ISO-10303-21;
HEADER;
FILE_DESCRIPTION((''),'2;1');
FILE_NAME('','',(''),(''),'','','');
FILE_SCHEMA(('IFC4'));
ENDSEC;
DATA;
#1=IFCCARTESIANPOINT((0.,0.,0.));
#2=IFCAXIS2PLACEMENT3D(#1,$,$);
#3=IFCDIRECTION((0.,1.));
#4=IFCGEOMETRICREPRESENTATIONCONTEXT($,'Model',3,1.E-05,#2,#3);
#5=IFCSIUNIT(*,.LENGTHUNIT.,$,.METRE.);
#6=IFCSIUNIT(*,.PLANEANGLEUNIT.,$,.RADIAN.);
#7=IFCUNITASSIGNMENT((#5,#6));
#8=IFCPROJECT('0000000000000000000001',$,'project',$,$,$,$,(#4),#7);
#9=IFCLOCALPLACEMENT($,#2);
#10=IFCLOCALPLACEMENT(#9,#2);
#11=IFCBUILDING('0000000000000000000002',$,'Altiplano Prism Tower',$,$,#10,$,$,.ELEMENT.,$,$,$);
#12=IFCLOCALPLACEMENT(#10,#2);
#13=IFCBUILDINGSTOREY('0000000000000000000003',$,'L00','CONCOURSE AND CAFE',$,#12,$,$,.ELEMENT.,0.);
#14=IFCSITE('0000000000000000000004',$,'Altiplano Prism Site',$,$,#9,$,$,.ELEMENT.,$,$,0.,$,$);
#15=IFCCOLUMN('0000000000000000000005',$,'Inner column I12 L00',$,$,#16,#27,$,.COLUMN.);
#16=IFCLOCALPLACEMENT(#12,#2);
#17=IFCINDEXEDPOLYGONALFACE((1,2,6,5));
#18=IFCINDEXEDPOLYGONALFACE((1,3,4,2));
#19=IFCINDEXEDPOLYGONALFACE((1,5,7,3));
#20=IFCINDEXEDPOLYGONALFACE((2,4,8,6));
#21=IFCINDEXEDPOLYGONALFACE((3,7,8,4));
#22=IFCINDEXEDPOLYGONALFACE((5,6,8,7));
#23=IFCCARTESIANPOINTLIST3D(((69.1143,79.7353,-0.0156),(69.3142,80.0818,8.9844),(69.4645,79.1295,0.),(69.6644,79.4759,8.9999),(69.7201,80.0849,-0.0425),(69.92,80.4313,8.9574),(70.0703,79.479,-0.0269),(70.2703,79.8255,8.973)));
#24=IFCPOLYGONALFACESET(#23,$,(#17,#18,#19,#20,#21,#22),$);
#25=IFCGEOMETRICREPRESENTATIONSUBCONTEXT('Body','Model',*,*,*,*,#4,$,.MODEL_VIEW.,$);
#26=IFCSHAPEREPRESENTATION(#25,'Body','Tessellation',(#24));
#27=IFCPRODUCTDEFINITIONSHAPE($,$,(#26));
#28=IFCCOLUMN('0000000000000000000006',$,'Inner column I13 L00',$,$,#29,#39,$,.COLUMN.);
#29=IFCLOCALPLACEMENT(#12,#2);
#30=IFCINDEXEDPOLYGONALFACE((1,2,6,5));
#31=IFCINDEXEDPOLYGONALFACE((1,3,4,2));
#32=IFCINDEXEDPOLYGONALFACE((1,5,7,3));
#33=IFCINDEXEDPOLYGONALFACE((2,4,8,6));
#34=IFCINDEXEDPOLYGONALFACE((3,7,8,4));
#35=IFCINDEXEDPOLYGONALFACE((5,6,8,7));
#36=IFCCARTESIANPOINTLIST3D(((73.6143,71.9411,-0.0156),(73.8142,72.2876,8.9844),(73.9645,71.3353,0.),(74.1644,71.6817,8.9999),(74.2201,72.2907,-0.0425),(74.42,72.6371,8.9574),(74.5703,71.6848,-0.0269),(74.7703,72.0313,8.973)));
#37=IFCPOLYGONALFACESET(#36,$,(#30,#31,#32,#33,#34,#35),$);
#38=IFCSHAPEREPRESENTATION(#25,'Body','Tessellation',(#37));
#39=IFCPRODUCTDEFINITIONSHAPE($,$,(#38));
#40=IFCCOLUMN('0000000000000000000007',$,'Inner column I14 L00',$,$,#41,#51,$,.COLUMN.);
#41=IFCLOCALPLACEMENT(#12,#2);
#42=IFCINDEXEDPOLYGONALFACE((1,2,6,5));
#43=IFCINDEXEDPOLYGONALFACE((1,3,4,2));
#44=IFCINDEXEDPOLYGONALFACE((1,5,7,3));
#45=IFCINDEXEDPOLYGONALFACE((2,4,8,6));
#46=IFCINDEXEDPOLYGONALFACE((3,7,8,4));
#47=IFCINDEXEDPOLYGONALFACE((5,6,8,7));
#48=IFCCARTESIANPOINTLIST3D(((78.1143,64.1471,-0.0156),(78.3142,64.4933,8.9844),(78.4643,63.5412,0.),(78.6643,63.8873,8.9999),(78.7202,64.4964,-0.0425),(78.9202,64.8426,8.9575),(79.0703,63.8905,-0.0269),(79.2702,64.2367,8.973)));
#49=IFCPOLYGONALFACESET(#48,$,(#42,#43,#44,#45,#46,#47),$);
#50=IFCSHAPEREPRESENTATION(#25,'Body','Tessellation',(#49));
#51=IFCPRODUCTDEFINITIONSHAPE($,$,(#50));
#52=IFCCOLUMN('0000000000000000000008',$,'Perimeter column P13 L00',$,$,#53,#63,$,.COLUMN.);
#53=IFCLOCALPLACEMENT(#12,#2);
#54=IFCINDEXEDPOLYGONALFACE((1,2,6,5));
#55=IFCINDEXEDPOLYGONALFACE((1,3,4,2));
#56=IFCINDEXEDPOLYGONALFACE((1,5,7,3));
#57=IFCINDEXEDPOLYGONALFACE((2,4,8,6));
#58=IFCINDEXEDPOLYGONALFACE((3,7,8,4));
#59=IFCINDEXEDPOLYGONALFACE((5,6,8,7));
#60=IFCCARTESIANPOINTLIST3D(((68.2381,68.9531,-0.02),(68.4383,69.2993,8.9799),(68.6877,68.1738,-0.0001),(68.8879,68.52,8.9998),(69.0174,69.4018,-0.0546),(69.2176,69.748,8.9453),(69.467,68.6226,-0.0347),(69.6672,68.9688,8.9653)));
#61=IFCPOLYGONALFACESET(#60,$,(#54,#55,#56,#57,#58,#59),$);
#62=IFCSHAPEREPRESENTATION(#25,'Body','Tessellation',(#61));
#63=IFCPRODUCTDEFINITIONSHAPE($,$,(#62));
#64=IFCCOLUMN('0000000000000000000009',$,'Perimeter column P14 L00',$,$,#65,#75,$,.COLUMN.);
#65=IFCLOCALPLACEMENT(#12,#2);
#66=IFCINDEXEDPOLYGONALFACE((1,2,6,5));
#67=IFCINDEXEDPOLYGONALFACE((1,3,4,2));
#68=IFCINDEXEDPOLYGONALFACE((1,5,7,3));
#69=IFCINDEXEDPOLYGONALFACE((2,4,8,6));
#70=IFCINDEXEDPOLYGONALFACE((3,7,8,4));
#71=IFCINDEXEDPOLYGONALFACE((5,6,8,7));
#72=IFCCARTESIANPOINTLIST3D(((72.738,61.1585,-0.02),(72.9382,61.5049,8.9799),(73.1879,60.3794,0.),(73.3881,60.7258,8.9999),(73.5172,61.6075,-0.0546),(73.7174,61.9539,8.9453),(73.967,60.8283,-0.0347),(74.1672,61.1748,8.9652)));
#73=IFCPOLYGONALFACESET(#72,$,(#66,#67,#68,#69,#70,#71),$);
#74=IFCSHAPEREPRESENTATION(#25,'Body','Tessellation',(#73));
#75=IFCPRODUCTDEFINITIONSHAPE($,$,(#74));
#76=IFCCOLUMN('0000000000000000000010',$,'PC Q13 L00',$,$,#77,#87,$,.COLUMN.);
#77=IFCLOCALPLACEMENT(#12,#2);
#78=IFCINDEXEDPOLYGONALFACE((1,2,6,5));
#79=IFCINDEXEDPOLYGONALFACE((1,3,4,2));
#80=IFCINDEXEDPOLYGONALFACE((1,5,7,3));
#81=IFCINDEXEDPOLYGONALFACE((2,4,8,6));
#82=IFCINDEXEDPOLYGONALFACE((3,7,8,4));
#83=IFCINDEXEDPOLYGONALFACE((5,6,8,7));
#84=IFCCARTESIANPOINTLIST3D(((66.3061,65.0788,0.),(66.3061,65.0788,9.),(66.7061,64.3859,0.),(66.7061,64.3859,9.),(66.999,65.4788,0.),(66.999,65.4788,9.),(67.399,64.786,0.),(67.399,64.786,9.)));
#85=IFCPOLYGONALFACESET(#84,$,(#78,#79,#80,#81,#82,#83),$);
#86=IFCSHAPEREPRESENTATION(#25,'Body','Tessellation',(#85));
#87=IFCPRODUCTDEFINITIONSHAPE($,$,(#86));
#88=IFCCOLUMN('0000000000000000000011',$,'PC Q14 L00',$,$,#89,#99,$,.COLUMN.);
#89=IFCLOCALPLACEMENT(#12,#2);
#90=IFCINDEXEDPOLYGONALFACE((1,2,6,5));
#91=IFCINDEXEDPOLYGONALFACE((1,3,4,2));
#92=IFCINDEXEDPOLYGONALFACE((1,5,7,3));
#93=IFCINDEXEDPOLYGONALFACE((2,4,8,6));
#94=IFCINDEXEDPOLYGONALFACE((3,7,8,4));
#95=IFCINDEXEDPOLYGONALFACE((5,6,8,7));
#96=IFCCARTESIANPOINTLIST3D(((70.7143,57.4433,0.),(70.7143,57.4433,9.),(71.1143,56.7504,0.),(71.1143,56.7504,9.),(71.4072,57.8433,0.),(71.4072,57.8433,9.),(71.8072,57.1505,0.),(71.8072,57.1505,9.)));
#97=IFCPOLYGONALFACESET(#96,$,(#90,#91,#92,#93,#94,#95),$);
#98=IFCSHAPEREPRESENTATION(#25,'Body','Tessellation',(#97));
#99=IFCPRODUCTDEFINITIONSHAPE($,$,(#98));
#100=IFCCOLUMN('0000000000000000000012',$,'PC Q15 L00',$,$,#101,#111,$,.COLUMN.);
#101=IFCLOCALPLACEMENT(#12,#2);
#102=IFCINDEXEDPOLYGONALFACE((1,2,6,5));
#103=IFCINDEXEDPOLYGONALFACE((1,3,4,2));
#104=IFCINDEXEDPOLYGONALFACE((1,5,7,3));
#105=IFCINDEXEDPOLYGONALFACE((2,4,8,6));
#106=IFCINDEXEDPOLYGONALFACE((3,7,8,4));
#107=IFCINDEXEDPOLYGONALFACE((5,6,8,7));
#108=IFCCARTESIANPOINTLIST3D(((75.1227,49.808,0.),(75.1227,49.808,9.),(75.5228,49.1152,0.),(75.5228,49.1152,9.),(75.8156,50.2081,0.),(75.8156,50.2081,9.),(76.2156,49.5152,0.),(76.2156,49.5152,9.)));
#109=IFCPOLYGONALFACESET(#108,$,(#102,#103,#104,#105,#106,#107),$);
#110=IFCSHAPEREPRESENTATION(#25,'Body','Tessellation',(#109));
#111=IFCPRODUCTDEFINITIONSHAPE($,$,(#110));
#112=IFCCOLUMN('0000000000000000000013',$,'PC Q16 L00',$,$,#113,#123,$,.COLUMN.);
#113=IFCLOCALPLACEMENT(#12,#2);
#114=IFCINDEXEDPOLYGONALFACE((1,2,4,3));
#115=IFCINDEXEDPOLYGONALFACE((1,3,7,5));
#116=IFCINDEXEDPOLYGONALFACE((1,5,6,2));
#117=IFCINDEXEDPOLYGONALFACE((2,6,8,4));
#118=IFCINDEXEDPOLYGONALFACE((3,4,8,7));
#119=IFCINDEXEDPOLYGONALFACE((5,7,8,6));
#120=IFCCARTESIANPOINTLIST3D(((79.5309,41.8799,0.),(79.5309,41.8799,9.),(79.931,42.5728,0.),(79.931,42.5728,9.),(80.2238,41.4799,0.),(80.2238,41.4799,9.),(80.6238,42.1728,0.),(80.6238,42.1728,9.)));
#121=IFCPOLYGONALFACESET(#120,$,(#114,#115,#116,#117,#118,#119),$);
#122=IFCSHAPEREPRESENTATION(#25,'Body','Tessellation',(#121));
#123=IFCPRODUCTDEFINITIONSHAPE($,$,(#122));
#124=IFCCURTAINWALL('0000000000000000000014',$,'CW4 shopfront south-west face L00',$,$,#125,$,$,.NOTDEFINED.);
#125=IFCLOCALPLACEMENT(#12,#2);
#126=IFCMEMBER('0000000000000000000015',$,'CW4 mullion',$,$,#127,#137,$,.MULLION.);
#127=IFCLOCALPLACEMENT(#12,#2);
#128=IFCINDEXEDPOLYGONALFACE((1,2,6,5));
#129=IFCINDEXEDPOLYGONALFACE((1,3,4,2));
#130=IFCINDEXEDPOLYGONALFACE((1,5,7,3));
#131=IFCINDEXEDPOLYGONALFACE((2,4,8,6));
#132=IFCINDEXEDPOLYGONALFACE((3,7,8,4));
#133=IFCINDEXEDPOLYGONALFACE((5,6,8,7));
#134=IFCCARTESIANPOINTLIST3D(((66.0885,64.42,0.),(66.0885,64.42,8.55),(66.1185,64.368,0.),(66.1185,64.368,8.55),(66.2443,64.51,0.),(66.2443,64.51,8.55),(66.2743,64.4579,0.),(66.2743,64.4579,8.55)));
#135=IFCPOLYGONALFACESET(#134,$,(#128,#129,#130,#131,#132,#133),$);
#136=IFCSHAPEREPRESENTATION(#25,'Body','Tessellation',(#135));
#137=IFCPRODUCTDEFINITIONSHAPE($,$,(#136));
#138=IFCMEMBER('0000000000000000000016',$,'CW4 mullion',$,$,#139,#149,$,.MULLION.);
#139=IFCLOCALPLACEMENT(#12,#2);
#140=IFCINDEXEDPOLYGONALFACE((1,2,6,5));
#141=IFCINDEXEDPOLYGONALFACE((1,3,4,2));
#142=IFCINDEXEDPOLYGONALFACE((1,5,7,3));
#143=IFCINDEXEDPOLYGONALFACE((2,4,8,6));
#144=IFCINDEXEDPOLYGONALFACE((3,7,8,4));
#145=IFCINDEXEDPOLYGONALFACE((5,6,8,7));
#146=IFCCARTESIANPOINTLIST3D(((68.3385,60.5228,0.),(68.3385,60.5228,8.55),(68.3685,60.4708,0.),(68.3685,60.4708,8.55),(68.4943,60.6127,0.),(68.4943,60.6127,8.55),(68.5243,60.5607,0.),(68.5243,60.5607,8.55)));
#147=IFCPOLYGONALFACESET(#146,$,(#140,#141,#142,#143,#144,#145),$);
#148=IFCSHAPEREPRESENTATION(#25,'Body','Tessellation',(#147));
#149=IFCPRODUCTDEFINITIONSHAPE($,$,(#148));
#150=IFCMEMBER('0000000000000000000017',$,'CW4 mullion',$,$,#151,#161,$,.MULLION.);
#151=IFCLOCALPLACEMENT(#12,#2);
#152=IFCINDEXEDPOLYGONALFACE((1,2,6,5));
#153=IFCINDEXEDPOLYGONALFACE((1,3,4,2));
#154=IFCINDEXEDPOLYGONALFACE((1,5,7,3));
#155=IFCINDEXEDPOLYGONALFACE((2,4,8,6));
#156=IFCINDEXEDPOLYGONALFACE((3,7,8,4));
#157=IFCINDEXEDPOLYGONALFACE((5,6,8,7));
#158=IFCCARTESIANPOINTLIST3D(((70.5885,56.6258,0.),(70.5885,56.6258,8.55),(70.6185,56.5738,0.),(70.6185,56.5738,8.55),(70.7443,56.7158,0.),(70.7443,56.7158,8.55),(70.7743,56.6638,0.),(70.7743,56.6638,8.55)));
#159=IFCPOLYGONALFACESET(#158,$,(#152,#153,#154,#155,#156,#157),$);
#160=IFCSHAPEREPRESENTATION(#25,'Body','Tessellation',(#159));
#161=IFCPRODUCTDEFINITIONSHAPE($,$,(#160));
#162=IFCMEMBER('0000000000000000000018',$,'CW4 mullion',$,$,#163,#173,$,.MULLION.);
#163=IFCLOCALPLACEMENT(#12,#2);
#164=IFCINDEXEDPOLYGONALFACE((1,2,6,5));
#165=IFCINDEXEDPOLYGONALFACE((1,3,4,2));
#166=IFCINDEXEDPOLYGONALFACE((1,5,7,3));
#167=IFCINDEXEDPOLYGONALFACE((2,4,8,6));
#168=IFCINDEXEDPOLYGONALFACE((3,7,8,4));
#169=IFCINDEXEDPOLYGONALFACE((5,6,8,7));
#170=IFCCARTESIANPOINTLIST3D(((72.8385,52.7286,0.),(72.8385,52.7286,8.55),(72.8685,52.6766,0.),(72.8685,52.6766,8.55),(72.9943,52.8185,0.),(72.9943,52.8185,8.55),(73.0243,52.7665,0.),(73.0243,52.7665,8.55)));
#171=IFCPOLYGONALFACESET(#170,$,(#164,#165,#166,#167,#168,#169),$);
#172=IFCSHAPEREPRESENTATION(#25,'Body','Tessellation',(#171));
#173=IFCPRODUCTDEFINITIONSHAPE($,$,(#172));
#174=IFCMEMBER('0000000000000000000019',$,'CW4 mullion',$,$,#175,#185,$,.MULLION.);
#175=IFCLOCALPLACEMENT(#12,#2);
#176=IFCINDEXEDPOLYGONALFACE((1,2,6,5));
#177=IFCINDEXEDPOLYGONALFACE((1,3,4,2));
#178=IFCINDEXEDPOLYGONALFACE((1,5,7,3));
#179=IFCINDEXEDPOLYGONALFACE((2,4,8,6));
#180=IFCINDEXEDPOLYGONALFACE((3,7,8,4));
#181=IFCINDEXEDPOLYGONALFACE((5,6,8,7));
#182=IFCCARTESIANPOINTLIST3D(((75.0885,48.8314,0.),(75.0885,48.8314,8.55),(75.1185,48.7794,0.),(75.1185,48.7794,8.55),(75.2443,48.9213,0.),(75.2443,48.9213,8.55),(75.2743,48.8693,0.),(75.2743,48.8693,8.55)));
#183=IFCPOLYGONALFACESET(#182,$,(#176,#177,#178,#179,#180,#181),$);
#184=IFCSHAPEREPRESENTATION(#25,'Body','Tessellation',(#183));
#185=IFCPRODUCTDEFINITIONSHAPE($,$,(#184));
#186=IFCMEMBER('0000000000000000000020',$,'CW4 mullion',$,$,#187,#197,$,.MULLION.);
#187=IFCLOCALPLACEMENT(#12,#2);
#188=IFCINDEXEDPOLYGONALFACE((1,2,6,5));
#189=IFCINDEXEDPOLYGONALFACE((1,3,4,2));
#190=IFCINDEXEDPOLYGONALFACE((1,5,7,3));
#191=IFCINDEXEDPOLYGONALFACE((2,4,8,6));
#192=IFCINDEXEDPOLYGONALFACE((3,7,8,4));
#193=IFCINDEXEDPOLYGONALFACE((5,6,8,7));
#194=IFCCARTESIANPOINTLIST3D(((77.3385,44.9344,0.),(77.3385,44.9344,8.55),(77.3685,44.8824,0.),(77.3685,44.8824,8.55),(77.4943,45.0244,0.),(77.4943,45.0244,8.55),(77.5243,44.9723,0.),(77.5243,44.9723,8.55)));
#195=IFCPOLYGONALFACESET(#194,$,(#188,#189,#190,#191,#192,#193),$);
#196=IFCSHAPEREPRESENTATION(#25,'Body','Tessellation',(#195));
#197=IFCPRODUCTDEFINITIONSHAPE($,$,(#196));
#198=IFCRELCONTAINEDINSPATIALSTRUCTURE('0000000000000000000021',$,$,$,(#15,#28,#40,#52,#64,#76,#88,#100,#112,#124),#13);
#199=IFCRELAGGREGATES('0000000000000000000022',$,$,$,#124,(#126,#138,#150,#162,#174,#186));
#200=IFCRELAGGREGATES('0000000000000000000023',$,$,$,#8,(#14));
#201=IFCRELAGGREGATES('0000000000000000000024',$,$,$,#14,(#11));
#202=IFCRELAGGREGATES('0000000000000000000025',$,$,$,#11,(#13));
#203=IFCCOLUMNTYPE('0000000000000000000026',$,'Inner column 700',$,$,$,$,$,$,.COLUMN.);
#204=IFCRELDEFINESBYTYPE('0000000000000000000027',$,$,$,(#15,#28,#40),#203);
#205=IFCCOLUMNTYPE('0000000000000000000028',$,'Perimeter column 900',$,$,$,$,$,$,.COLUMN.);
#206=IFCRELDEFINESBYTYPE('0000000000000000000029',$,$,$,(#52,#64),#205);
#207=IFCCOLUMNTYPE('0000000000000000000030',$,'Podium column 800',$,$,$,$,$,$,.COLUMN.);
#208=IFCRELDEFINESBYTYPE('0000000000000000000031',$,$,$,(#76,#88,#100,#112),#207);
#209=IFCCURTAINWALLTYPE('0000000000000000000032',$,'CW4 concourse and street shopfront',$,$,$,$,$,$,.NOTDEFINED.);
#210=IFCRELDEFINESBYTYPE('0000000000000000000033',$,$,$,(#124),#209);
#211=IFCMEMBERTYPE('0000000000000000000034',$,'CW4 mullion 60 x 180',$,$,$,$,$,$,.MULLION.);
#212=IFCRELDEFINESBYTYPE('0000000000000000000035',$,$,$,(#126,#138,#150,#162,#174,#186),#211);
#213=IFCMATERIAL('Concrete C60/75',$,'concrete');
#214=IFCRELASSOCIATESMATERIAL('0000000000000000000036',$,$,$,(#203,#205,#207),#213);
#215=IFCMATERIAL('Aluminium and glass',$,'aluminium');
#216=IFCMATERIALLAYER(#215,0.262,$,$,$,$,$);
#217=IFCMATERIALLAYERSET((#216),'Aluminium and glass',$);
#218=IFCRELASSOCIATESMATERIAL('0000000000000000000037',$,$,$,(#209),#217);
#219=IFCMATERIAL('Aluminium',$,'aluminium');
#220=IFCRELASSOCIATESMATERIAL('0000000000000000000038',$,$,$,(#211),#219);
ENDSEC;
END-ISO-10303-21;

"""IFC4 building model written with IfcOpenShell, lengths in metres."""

from ifc_helpers import new_model, si_unit, direction, frame, origin, origin_2d, place, context, subcontext, project, spatial, rectangle, extrude, material, layer, layer_set, material_profile, profile_set, type_object, element, aggregate, save


model = new_model("IFC4")

# Units and contexts
model_context = context("Model", 3, precision=1e-05, world=origin(), true_north=direction((0.0, 1.0)))
body_context = subcontext(model_context, "Body", "Model", "MODEL_VIEW")
ifc_project = project(units=[si_unit("LENGTHUNIT", "METRE"), si_unit("PLANEANGLEUNIT", "RADIAN")], contexts=[model_context])

# Site, building, storey
site_placement = place(None, origin())
site = spatial("IfcSite", under=ifc_project, at=site_placement, Name="Altiplano Prism Site", CompositionType="ELEMENT", RefElevation=0.0)
building_placement = place(site_placement, origin())
building = spatial("IfcBuilding", under=site, at=building_placement, Name="Altiplano Prism Tower", CompositionType="ELEMENT")
storey_placement = place(building_placement, origin())
storey = spatial("IfcBuildingStorey", under=building, at=storey_placement, Name="L00", Description="CONCOURSE AND CAFE", CompositionType="ELEMENT", Elevation=0.0)

# Columns
ifc_material_1 = material(Name="Concrete C60/75", Category="concrete")
ifc_material_profile_1 = material_profile(ifc_material_1, rectangle(XDim=0.7, YDim=0.7, at=origin_2d()), Name="Inner column 700")
ifc_profile_set_1 = profile_set([ifc_material_profile_1], Name="Concrete C60/75")
column_type_1 = type_object("IfcColumnType", Name="Inner column 700", PredefinedType="COLUMN", material=ifc_profile_set_1)
for number, where, z_axis, x_axis, name in (
    (1, (69.5923, 79.6072, -0.0212), (0.022195, 0.038455, 0.999014), (-0.86553, -0.499378, 0.038452), "Inner column I12 L00"),
    (2, (74.0923, 71.813, -0.0212), (0.022195, 0.038455, 0.999014), (-0.86553, -0.499378, 0.038452), "Inner column I13 L00"),
    (3, (78.5923, 64.0188, -0.0212), (0.022195, 0.038428, 0.999015), (-0.865683, -0.499116, 0.038432), "Inner column I14 L00"),
):
    element("IfcColumn", number, at=place(storey_placement, frame(where, z_axis=z_axis, x_axis=x_axis)), inside=storey, type_object=column_type_1, Name=name, PredefinedType="COLUMN", context=body_context, shape_type="SweptSolid", body=[
        extrude(rectangle(XDim=0.7, YDim=0.7, at=origin_2d()), origin(), (0.0, 0.0, 1.0), 9.0088),
    ])
ifc_material_profile_2 = material_profile(ifc_material_1, rectangle(XDim=0.8999, YDim=0.8999, at=origin_2d()), Name="Perimeter column 900")
ifc_profile_set_2 = profile_set([ifc_material_profile_2], Name="Concrete C60/75")
column_type_2 = type_object("IfcColumnType", Name="Perimeter column 900", PredefinedType="COLUMN", material=ifc_profile_set_2)
for number, where, z_axis, x_axis, name in (
    (4, (68.8525, 68.7878, -0.0273), (0.022222, 0.038428, 0.999014), (-0.865947, -0.498657, 0.038443), "Perimeter column P13 L00"),
    (5, (73.3525, 60.9934, -0.0273), (0.022222, 0.038455, 0.999013), (-0.865793, -0.498922, 0.038464), "Perimeter column P14 L00"),
):
    element("IfcColumn", number, at=place(storey_placement, frame(where, z_axis=z_axis, x_axis=x_axis)), inside=storey, type_object=column_type_2, Name=name, PredefinedType="COLUMN", context=body_context, shape_type="SweptSolid", body=[
        extrude(rectangle(XDim=0.8999, YDim=0.8999, at=origin_2d()), origin(), (0.0, 0.0, 1.0), 9.0088),
    ])
ifc_material_profile_3 = material_profile(ifc_material_1, rectangle(XDim=0.8, YDim=0.8, at=origin_2d()), Name="Podium column 800")
ifc_profile_set_3 = profile_set([ifc_material_profile_3], Name="Concrete C60/75")
column_type_3 = type_object("IfcColumnType", Name="Podium column 800", PredefinedType="COLUMN", material=ifc_profile_set_3)
for number, where, z_axis, x_axis, name in (
    (6, (66.8525, 64.9324, 0.0), (0.0, 0.0, 1.0), (0.866025, 0.5, 0.0), "PC Q13 L00"),
    (7, (71.2607, 57.2969, 0.0), (0.0, 0.0, 1.0), (0.866025, 0.5, 0.0), "PC Q14 L00"),
    (8, (75.6692, 49.6616, 0.0), (0.0, 0.0, 1.0), (0.866025, 0.5, 0.0), "PC Q15 L00"),
    (9, (80.0774, 42.0264, 0.0), (0.0, 0.0, 1.0), (0.5, 0.866025, 0.0), "PC Q16 L00"),
):
    element("IfcColumn", number, at=place(storey_placement, frame(where, z_axis=z_axis, x_axis=x_axis)), inside=storey, type_object=column_type_3, Name=name, PredefinedType="COLUMN", context=body_context, shape_type="SweptSolid", body=[
        extrude(rectangle(XDim=0.8, YDim=0.8, at=origin_2d()), origin(), (0.0, 0.0, 1.0), 9.0),
    ])

# Curtain wall, members
ifc_material_2 = material(Name="Aluminium and glass", Category="aluminium")
ifc_layer_1 = layer(ifc_material_2, 0.262)
ifc_layer_set_1 = layer_set([ifc_layer_1], Name="Aluminium and glass")
curtain_wall_type = type_object("IfcCurtainWallType", Name="CW4 concourse and street shopfront", PredefinedType="NOTDEFINED", material=ifc_layer_set_1)
curtain_wall_placement = place(storey_placement, origin())
curtain_wall = element("IfcCurtainWall", 10, at=curtain_wall_placement, inside=storey, type_object=curtain_wall_type, Name="CW4 shopfront south-west face L00", PredefinedType="NOTDEFINED")
ifc_material_3 = material(Name="Aluminium", Category="aluminium")
ifc_material_profile_4 = material_profile(ifc_material_3, rectangle(XDim=0.1799, YDim=0.0601, at=origin_2d()), Name="CW4 mullion 60 x 180")
ifc_profile_set_4 = profile_set([ifc_material_profile_4], Name="Aluminium")
member_type = type_object("IfcMemberType", Name="CW4 mullion 60 x 180", PredefinedType="MULLION", material=ifc_profile_set_4)
member_1_placement = place(storey_placement, frame((66.1814, 64.439, 0.0), z_axis=(0.0, 0.0, 1.0), x_axis=(0.866025, 0.5, 0.0)))
member_1 = element("IfcMember", 11, at=member_1_placement, type_object=member_type, Name="CW4 mullion", PredefinedType="MULLION", context=body_context, shape_type="SweptSolid", body=[
    extrude(rectangle(XDim=0.1799, YDim=0.0601, at=origin_2d()), origin(), (0.0, 0.0, 1.0), 8.55),
])
member_2_placement = place(storey_placement, frame((68.4314, 60.5417, 0.0), z_axis=(0.0, 0.0, 1.0), x_axis=(0.866025, 0.5, 0.0)))
member_2 = element("IfcMember", 12, at=member_2_placement, type_object=member_type, Name="CW4 mullion", PredefinedType="MULLION", context=body_context, shape_type="SweptSolid", body=[
    extrude(rectangle(XDim=0.1799, YDim=0.0601, at=origin_2d()), origin(), (0.0, 0.0, 1.0), 8.55),
])
member_3_placement = place(storey_placement, frame((70.6814, 56.6448, 0.0), z_axis=(0.0, 0.0, 1.0), x_axis=(0.866025, 0.5, 0.0)))
member_3 = element("IfcMember", 13, at=member_3_placement, type_object=member_type, Name="CW4 mullion", PredefinedType="MULLION", context=body_context, shape_type="SweptSolid", body=[
    extrude(rectangle(XDim=0.1799, YDim=0.0601, at=origin_2d()), origin(), (0.0, 0.0, 1.0), 8.55),
])
member_4_placement = place(storey_placement, frame((72.9314, 52.7476, 0.0), z_axis=(0.0, 0.0, 1.0), x_axis=(0.866025, 0.5, 0.0)))
member_4 = element("IfcMember", 14, at=member_4_placement, type_object=member_type, Name="CW4 mullion", PredefinedType="MULLION", context=body_context, shape_type="SweptSolid", body=[
    extrude(rectangle(XDim=0.1799, YDim=0.0601, at=origin_2d()), origin(), (0.0, 0.0, 1.0), 8.55),
])
member_5_placement = place(storey_placement, frame((75.1814, 48.8503, 0.0), z_axis=(0.0, 0.0, 1.0), x_axis=(0.866025, 0.5, 0.0)))
member_5 = element("IfcMember", 15, at=member_5_placement, type_object=member_type, Name="CW4 mullion", PredefinedType="MULLION", context=body_context, shape_type="SweptSolid", body=[
    extrude(rectangle(XDim=0.1799, YDim=0.0601, at=origin_2d()), origin(), (0.0, 0.0, 1.0), 8.55),
])
member_6_placement = place(storey_placement, frame((77.4314, 44.9534, 0.0), z_axis=(0.0, 0.0, 1.0), x_axis=(0.866025, 0.5, 0.0)))
member_6 = element("IfcMember", 16, at=member_6_placement, type_object=member_type, Name="CW4 mullion", PredefinedType="MULLION", context=body_context, shape_type="SweptSolid", body=[
    extrude(rectangle(XDim=0.1799, YDim=0.0601, at=origin_2d()), origin(), (0.0, 0.0, 1.0), 8.55),
])
aggregate(curtain_wall, [member_1, member_2, member_3, member_4, member_5, member_6])

save(model, "model.ifc")
